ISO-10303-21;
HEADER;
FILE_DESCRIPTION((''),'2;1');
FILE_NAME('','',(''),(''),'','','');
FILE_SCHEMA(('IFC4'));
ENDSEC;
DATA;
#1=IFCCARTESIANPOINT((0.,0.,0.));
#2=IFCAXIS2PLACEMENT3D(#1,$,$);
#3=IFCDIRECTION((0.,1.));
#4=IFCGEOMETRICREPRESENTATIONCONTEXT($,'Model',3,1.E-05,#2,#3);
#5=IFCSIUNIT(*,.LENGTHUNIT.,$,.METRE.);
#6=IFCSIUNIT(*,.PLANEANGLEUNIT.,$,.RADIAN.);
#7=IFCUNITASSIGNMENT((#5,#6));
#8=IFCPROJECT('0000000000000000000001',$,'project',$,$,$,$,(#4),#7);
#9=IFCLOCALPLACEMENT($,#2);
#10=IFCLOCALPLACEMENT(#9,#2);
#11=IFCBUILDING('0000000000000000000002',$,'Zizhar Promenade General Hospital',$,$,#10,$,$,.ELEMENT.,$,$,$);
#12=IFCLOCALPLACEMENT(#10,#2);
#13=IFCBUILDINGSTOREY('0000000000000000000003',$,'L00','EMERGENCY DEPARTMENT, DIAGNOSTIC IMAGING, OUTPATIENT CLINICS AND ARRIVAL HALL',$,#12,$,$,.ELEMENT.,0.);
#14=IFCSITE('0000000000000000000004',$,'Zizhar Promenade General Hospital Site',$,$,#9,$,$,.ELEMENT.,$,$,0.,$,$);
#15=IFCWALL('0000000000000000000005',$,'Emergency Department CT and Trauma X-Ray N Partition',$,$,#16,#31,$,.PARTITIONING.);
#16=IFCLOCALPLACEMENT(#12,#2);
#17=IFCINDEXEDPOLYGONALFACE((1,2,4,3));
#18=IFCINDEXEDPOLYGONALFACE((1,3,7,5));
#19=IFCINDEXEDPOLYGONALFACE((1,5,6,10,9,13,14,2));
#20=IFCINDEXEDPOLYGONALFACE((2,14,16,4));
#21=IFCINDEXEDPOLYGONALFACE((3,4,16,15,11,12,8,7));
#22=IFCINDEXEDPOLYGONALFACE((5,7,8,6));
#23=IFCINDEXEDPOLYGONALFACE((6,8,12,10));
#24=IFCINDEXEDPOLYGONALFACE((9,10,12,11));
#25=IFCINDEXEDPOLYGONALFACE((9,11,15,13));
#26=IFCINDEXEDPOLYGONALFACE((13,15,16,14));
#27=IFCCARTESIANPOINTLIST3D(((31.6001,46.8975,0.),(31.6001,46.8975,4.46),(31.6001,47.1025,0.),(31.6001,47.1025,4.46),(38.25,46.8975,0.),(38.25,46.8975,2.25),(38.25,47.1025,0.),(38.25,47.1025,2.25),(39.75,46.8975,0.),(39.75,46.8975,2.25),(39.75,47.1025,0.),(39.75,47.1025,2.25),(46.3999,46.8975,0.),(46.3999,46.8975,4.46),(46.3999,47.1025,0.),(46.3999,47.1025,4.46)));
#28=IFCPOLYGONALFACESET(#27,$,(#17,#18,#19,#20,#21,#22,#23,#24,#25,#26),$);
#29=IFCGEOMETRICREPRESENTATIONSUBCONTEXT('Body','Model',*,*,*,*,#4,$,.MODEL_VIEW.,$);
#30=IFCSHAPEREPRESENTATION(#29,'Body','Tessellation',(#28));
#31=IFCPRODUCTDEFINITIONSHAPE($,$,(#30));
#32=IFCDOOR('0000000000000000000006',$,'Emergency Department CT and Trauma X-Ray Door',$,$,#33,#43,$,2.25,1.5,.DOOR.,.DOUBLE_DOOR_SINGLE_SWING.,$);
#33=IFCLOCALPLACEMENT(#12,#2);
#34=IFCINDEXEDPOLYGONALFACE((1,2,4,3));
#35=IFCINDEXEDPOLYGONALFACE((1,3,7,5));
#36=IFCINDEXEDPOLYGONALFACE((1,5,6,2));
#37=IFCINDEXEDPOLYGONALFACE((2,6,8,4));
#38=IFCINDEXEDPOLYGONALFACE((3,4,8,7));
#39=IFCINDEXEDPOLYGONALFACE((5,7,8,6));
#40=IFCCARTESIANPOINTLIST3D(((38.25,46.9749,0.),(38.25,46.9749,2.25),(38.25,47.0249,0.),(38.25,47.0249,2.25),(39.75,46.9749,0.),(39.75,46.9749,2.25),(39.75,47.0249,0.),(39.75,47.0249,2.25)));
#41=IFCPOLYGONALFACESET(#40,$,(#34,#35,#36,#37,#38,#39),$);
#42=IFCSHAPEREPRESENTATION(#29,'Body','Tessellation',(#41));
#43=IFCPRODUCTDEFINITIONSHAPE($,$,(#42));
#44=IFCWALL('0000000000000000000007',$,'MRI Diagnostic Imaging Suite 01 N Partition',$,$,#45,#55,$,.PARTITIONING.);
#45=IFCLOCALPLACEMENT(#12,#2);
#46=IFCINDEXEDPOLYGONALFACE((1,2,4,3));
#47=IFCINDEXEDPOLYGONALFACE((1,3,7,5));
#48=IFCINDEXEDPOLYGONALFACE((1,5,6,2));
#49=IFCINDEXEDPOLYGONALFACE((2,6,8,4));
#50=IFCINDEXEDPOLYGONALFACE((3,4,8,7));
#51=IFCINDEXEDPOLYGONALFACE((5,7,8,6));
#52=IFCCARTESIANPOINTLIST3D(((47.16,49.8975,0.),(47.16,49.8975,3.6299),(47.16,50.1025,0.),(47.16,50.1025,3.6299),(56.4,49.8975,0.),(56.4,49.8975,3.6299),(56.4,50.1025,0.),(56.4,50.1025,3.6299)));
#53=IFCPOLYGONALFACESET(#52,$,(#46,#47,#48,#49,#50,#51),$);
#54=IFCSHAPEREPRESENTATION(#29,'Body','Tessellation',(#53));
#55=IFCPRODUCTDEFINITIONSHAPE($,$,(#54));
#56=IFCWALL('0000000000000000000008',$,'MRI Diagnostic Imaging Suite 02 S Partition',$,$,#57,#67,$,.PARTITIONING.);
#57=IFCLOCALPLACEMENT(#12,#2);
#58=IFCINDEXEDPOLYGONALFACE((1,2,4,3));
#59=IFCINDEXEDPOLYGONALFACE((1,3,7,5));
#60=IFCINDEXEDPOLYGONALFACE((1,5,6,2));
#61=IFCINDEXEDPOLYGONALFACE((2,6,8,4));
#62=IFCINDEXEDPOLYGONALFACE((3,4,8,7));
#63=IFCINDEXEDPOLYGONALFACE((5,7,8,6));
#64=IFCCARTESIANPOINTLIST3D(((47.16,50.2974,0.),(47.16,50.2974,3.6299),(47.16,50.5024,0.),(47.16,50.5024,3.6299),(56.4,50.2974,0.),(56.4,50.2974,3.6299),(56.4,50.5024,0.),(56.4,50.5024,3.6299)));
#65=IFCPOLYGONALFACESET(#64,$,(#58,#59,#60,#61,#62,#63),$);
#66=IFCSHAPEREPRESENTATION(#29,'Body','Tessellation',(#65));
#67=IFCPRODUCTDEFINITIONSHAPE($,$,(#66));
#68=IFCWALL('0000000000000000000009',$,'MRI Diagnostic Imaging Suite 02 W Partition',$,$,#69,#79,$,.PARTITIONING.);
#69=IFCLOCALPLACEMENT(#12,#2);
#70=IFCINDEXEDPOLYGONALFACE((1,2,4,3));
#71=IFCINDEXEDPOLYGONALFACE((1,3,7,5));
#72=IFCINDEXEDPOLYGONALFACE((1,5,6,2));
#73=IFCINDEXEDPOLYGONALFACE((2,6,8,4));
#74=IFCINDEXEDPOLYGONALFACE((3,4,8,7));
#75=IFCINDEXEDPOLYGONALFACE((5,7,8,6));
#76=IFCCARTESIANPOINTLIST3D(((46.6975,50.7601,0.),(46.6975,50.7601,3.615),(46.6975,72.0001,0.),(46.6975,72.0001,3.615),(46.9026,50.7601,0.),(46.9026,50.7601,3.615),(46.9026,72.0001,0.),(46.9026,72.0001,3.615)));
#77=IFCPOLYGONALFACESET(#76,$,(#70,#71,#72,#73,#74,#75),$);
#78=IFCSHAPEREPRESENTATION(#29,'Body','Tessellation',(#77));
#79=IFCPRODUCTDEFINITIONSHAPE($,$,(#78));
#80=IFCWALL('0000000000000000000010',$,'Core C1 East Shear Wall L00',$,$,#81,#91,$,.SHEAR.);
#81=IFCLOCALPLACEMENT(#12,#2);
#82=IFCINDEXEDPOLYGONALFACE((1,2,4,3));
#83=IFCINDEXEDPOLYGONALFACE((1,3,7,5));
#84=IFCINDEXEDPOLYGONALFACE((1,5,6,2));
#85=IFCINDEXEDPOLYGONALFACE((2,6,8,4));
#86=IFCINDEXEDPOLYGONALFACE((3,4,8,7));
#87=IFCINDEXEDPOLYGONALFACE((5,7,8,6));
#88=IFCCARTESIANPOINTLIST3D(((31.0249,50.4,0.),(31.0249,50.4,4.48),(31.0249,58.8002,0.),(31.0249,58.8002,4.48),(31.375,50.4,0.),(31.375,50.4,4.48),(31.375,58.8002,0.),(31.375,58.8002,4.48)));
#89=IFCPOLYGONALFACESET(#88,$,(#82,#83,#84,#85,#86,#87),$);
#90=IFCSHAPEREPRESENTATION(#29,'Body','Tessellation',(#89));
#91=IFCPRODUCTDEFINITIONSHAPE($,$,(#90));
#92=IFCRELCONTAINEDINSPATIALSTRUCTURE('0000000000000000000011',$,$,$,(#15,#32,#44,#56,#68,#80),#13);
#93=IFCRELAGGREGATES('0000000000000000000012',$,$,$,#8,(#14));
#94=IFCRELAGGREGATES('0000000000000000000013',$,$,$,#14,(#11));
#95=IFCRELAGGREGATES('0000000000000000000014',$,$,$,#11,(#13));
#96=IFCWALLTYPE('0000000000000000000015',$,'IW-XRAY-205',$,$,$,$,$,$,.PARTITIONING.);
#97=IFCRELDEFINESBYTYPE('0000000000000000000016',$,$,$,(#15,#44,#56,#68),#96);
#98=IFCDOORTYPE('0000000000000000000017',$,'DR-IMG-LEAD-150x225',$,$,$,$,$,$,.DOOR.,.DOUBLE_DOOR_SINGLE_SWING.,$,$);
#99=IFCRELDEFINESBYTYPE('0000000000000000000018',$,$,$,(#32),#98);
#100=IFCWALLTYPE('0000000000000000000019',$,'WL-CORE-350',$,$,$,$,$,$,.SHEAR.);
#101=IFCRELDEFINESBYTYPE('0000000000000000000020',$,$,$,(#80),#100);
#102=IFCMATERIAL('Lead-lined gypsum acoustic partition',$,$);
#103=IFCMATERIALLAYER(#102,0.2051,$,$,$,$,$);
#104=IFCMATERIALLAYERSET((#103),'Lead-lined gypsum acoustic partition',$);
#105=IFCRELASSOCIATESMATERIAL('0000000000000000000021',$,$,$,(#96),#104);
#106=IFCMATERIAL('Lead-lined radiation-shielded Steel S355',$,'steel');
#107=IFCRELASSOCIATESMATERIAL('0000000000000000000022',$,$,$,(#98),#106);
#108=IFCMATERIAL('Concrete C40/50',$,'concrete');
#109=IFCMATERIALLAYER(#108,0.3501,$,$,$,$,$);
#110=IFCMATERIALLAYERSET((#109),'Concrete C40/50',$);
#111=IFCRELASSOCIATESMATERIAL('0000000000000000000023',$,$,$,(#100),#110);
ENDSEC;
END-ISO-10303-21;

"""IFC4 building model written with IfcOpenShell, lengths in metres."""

from ifc_helpers import new_model, si_unit, direction, frame, frame_2d, origin, place, context, subcontext, project, spatial, rectangle, extrude, material, layer, layer_set, type_object, element, fill, save


model = new_model("IFC4")

# Units and contexts
model_context = context("Model", 3, precision=1e-05, world=origin(), true_north=direction((0.0, 1.0)))
body_context = subcontext(model_context, "Body", "Model", "MODEL_VIEW")
ifc_project = project(units=[si_unit("LENGTHUNIT", "METRE"), si_unit("PLANEANGLEUNIT", "RADIAN")], contexts=[model_context])

# Site, building, storey
site_placement = place(None, origin())
site = spatial("IfcSite", under=ifc_project, at=site_placement, Name="Zizhar Promenade General Hospital Site", CompositionType="ELEMENT", RefElevation=0.0)
building_placement = place(site_placement, origin())
building = spatial("IfcBuilding", under=site, at=building_placement, Name="Zizhar Promenade General Hospital", CompositionType="ELEMENT")
storey_placement = place(building_placement, origin())
storey = spatial("IfcBuildingStorey", under=building, at=storey_placement, Name="L00", Description="EMERGENCY DEPARTMENT, DIAGNOSTIC IMAGING, OUTPATIENT CLINICS AND ARRIVAL HALL", CompositionType="ELEMENT", Elevation=0.0)

# Wall, opening, door
ifc_material_1 = material(Name="Lead-lined gypsum acoustic partition")
ifc_layer_1 = layer(ifc_material_1, 0.2051)
ifc_layer_set_1 = layer_set([ifc_layer_1], Name="Lead-lined gypsum acoustic partition")
wall_type_1 = type_object("IfcWallType", Name="IW-XRAY-205", PredefinedType="PARTITIONING", material=ifc_layer_set_1)
wall_1_placement = place(storey_placement, frame((31.6001, 47.0, 0.0), z_axis=(0.0, 0.0, 1.0), x_axis=(1.0, 0.0, 0.0)))
wall_1 = element("IfcWall", 1, at=wall_1_placement, inside=storey, type_object=wall_type_1, Name="Emergency Department CT and Trauma X-Ray N Partition", PredefinedType="PARTITIONING", context=body_context, shape_type="SweptSolid", body=[
    extrude(rectangle(XDim=14.7998, YDim=0.2051, at=frame_2d((7.3999, 0.0))), origin(), (0.0, 0.0, 1.0), 4.46),
])
opening_placement = place(wall_1_placement, frame((6.6499, 0.0, 0.0)))
opening = element("IfcOpeningElement", 2, at=opening_placement, cuts=wall_1, PredefinedType="OPENING", context=body_context, shape_type="SweptSolid", body=[
    extrude(rectangle(XDim=1.5, YDim=2.25, at=frame_2d((0.75, 1.125))), frame((0.0, 0.1125, 0.0), z_axis=(0.0, -1.0, 0.0), x_axis=(1.0, 0.0, 0.0)), (0.0, 0.0, 1.0), 0.2251),
])
ifc_material_2 = material(Name="Lead-lined radiation-shielded Steel S355", Category="steel")
door_type = type_object("IfcDoorType", Name="DR-IMG-LEAD-150x225", OperationType="DOUBLE_DOOR_SINGLE_SWING", PredefinedType="DOOR", material=ifc_material_2)
door_placement = place(opening_placement, origin())
door = element("IfcDoor", 3, at=door_placement, inside=storey, type_object=door_type, Name="Emergency Department CT and Trauma X-Ray Door", OperationType="DOUBLE_DOOR_SINGLE_SWING", OverallHeight=2.25, OverallWidth=1.5, PredefinedType="DOOR", context=body_context, shape_type="SweptSolid", body=[
    extrude(rectangle(XDim=1.5, YDim=2.25, at=frame_2d((0.75, 1.125))), frame((0.0, 0.0249, 0.0), z_axis=(0.0, -1.0, 0.0), x_axis=(1.0, 0.0, 0.0)), (0.0, 0.0, 1.0), 0.05),
])
fill(opening, door)

# Walls
for number, where, z_axis, x_axis, name in (
    (4, (47.1599, 50.0, 0.0), (0.0, 0.0, 1.0), (1.0, 0.0, 0.0), "MRI Diagnostic Imaging Suite 01 N Partition"),
    (5, (47.1599, 50.3999, 0.0), (0.0, 0.0, 1.0), (1.0, 0.0, 0.0), "MRI Diagnostic Imaging Suite 02 S Partition"),
):
    element("IfcWall", number, at=place(storey_placement, frame(where, z_axis=z_axis, x_axis=x_axis)), inside=storey, type_object=wall_type_1, Name=name, PredefinedType="PARTITIONING", context=body_context, shape_type="SweptSolid", body=[
        extrude(rectangle(XDim=9.24, YDim=0.2051, at=frame_2d((4.6201, 0.0))), origin(), (0.0, 0.0, 1.0), 3.6299),
    ])
wall_2_placement = place(storey_placement, frame((46.8, 50.76, 0.0), z_axis=(0.0, 0.0, 1.0), x_axis=(0.0, 1.0, 0.0)))
element("IfcWall", 6, at=wall_2_placement, inside=storey, type_object=wall_type_1, Name="MRI Diagnostic Imaging Suite 02 W Partition", PredefinedType="PARTITIONING", context=body_context, shape_type="SweptSolid", body=[
    extrude(rectangle(XDim=21.24, YDim=0.2051, at=frame_2d((10.6201, 0.0))), origin(), (0.0, 0.0, 1.0), 3.615),
])
ifc_material_3 = material(Name="Concrete C40/50", Category="concrete")
ifc_layer_2 = layer(ifc_material_3, 0.3501)
ifc_layer_set_2 = layer_set([ifc_layer_2], Name="Concrete C40/50")
wall_type_2 = type_object("IfcWallType", Name="WL-CORE-350", PredefinedType="SHEAR", material=ifc_layer_set_2)
wall_3_placement = place(storey_placement, frame((31.2, 50.3999, 0.0), z_axis=(0.0, 0.0, 1.0), x_axis=(0.0, 1.0, 0.0)))
element("IfcWall", 7, at=wall_3_placement, inside=storey, type_object=wall_type_2, Name="Core C1 East Shear Wall L00", PredefinedType="SHEAR", context=body_context, shape_type="SweptSolid", body=[
    extrude(rectangle(XDim=8.4001, YDim=0.3501, at=frame_2d((4.2002, 0.0))), origin(), (0.0, 0.0, 1.0), 4.48),
])

save(model, "model.ifc")
